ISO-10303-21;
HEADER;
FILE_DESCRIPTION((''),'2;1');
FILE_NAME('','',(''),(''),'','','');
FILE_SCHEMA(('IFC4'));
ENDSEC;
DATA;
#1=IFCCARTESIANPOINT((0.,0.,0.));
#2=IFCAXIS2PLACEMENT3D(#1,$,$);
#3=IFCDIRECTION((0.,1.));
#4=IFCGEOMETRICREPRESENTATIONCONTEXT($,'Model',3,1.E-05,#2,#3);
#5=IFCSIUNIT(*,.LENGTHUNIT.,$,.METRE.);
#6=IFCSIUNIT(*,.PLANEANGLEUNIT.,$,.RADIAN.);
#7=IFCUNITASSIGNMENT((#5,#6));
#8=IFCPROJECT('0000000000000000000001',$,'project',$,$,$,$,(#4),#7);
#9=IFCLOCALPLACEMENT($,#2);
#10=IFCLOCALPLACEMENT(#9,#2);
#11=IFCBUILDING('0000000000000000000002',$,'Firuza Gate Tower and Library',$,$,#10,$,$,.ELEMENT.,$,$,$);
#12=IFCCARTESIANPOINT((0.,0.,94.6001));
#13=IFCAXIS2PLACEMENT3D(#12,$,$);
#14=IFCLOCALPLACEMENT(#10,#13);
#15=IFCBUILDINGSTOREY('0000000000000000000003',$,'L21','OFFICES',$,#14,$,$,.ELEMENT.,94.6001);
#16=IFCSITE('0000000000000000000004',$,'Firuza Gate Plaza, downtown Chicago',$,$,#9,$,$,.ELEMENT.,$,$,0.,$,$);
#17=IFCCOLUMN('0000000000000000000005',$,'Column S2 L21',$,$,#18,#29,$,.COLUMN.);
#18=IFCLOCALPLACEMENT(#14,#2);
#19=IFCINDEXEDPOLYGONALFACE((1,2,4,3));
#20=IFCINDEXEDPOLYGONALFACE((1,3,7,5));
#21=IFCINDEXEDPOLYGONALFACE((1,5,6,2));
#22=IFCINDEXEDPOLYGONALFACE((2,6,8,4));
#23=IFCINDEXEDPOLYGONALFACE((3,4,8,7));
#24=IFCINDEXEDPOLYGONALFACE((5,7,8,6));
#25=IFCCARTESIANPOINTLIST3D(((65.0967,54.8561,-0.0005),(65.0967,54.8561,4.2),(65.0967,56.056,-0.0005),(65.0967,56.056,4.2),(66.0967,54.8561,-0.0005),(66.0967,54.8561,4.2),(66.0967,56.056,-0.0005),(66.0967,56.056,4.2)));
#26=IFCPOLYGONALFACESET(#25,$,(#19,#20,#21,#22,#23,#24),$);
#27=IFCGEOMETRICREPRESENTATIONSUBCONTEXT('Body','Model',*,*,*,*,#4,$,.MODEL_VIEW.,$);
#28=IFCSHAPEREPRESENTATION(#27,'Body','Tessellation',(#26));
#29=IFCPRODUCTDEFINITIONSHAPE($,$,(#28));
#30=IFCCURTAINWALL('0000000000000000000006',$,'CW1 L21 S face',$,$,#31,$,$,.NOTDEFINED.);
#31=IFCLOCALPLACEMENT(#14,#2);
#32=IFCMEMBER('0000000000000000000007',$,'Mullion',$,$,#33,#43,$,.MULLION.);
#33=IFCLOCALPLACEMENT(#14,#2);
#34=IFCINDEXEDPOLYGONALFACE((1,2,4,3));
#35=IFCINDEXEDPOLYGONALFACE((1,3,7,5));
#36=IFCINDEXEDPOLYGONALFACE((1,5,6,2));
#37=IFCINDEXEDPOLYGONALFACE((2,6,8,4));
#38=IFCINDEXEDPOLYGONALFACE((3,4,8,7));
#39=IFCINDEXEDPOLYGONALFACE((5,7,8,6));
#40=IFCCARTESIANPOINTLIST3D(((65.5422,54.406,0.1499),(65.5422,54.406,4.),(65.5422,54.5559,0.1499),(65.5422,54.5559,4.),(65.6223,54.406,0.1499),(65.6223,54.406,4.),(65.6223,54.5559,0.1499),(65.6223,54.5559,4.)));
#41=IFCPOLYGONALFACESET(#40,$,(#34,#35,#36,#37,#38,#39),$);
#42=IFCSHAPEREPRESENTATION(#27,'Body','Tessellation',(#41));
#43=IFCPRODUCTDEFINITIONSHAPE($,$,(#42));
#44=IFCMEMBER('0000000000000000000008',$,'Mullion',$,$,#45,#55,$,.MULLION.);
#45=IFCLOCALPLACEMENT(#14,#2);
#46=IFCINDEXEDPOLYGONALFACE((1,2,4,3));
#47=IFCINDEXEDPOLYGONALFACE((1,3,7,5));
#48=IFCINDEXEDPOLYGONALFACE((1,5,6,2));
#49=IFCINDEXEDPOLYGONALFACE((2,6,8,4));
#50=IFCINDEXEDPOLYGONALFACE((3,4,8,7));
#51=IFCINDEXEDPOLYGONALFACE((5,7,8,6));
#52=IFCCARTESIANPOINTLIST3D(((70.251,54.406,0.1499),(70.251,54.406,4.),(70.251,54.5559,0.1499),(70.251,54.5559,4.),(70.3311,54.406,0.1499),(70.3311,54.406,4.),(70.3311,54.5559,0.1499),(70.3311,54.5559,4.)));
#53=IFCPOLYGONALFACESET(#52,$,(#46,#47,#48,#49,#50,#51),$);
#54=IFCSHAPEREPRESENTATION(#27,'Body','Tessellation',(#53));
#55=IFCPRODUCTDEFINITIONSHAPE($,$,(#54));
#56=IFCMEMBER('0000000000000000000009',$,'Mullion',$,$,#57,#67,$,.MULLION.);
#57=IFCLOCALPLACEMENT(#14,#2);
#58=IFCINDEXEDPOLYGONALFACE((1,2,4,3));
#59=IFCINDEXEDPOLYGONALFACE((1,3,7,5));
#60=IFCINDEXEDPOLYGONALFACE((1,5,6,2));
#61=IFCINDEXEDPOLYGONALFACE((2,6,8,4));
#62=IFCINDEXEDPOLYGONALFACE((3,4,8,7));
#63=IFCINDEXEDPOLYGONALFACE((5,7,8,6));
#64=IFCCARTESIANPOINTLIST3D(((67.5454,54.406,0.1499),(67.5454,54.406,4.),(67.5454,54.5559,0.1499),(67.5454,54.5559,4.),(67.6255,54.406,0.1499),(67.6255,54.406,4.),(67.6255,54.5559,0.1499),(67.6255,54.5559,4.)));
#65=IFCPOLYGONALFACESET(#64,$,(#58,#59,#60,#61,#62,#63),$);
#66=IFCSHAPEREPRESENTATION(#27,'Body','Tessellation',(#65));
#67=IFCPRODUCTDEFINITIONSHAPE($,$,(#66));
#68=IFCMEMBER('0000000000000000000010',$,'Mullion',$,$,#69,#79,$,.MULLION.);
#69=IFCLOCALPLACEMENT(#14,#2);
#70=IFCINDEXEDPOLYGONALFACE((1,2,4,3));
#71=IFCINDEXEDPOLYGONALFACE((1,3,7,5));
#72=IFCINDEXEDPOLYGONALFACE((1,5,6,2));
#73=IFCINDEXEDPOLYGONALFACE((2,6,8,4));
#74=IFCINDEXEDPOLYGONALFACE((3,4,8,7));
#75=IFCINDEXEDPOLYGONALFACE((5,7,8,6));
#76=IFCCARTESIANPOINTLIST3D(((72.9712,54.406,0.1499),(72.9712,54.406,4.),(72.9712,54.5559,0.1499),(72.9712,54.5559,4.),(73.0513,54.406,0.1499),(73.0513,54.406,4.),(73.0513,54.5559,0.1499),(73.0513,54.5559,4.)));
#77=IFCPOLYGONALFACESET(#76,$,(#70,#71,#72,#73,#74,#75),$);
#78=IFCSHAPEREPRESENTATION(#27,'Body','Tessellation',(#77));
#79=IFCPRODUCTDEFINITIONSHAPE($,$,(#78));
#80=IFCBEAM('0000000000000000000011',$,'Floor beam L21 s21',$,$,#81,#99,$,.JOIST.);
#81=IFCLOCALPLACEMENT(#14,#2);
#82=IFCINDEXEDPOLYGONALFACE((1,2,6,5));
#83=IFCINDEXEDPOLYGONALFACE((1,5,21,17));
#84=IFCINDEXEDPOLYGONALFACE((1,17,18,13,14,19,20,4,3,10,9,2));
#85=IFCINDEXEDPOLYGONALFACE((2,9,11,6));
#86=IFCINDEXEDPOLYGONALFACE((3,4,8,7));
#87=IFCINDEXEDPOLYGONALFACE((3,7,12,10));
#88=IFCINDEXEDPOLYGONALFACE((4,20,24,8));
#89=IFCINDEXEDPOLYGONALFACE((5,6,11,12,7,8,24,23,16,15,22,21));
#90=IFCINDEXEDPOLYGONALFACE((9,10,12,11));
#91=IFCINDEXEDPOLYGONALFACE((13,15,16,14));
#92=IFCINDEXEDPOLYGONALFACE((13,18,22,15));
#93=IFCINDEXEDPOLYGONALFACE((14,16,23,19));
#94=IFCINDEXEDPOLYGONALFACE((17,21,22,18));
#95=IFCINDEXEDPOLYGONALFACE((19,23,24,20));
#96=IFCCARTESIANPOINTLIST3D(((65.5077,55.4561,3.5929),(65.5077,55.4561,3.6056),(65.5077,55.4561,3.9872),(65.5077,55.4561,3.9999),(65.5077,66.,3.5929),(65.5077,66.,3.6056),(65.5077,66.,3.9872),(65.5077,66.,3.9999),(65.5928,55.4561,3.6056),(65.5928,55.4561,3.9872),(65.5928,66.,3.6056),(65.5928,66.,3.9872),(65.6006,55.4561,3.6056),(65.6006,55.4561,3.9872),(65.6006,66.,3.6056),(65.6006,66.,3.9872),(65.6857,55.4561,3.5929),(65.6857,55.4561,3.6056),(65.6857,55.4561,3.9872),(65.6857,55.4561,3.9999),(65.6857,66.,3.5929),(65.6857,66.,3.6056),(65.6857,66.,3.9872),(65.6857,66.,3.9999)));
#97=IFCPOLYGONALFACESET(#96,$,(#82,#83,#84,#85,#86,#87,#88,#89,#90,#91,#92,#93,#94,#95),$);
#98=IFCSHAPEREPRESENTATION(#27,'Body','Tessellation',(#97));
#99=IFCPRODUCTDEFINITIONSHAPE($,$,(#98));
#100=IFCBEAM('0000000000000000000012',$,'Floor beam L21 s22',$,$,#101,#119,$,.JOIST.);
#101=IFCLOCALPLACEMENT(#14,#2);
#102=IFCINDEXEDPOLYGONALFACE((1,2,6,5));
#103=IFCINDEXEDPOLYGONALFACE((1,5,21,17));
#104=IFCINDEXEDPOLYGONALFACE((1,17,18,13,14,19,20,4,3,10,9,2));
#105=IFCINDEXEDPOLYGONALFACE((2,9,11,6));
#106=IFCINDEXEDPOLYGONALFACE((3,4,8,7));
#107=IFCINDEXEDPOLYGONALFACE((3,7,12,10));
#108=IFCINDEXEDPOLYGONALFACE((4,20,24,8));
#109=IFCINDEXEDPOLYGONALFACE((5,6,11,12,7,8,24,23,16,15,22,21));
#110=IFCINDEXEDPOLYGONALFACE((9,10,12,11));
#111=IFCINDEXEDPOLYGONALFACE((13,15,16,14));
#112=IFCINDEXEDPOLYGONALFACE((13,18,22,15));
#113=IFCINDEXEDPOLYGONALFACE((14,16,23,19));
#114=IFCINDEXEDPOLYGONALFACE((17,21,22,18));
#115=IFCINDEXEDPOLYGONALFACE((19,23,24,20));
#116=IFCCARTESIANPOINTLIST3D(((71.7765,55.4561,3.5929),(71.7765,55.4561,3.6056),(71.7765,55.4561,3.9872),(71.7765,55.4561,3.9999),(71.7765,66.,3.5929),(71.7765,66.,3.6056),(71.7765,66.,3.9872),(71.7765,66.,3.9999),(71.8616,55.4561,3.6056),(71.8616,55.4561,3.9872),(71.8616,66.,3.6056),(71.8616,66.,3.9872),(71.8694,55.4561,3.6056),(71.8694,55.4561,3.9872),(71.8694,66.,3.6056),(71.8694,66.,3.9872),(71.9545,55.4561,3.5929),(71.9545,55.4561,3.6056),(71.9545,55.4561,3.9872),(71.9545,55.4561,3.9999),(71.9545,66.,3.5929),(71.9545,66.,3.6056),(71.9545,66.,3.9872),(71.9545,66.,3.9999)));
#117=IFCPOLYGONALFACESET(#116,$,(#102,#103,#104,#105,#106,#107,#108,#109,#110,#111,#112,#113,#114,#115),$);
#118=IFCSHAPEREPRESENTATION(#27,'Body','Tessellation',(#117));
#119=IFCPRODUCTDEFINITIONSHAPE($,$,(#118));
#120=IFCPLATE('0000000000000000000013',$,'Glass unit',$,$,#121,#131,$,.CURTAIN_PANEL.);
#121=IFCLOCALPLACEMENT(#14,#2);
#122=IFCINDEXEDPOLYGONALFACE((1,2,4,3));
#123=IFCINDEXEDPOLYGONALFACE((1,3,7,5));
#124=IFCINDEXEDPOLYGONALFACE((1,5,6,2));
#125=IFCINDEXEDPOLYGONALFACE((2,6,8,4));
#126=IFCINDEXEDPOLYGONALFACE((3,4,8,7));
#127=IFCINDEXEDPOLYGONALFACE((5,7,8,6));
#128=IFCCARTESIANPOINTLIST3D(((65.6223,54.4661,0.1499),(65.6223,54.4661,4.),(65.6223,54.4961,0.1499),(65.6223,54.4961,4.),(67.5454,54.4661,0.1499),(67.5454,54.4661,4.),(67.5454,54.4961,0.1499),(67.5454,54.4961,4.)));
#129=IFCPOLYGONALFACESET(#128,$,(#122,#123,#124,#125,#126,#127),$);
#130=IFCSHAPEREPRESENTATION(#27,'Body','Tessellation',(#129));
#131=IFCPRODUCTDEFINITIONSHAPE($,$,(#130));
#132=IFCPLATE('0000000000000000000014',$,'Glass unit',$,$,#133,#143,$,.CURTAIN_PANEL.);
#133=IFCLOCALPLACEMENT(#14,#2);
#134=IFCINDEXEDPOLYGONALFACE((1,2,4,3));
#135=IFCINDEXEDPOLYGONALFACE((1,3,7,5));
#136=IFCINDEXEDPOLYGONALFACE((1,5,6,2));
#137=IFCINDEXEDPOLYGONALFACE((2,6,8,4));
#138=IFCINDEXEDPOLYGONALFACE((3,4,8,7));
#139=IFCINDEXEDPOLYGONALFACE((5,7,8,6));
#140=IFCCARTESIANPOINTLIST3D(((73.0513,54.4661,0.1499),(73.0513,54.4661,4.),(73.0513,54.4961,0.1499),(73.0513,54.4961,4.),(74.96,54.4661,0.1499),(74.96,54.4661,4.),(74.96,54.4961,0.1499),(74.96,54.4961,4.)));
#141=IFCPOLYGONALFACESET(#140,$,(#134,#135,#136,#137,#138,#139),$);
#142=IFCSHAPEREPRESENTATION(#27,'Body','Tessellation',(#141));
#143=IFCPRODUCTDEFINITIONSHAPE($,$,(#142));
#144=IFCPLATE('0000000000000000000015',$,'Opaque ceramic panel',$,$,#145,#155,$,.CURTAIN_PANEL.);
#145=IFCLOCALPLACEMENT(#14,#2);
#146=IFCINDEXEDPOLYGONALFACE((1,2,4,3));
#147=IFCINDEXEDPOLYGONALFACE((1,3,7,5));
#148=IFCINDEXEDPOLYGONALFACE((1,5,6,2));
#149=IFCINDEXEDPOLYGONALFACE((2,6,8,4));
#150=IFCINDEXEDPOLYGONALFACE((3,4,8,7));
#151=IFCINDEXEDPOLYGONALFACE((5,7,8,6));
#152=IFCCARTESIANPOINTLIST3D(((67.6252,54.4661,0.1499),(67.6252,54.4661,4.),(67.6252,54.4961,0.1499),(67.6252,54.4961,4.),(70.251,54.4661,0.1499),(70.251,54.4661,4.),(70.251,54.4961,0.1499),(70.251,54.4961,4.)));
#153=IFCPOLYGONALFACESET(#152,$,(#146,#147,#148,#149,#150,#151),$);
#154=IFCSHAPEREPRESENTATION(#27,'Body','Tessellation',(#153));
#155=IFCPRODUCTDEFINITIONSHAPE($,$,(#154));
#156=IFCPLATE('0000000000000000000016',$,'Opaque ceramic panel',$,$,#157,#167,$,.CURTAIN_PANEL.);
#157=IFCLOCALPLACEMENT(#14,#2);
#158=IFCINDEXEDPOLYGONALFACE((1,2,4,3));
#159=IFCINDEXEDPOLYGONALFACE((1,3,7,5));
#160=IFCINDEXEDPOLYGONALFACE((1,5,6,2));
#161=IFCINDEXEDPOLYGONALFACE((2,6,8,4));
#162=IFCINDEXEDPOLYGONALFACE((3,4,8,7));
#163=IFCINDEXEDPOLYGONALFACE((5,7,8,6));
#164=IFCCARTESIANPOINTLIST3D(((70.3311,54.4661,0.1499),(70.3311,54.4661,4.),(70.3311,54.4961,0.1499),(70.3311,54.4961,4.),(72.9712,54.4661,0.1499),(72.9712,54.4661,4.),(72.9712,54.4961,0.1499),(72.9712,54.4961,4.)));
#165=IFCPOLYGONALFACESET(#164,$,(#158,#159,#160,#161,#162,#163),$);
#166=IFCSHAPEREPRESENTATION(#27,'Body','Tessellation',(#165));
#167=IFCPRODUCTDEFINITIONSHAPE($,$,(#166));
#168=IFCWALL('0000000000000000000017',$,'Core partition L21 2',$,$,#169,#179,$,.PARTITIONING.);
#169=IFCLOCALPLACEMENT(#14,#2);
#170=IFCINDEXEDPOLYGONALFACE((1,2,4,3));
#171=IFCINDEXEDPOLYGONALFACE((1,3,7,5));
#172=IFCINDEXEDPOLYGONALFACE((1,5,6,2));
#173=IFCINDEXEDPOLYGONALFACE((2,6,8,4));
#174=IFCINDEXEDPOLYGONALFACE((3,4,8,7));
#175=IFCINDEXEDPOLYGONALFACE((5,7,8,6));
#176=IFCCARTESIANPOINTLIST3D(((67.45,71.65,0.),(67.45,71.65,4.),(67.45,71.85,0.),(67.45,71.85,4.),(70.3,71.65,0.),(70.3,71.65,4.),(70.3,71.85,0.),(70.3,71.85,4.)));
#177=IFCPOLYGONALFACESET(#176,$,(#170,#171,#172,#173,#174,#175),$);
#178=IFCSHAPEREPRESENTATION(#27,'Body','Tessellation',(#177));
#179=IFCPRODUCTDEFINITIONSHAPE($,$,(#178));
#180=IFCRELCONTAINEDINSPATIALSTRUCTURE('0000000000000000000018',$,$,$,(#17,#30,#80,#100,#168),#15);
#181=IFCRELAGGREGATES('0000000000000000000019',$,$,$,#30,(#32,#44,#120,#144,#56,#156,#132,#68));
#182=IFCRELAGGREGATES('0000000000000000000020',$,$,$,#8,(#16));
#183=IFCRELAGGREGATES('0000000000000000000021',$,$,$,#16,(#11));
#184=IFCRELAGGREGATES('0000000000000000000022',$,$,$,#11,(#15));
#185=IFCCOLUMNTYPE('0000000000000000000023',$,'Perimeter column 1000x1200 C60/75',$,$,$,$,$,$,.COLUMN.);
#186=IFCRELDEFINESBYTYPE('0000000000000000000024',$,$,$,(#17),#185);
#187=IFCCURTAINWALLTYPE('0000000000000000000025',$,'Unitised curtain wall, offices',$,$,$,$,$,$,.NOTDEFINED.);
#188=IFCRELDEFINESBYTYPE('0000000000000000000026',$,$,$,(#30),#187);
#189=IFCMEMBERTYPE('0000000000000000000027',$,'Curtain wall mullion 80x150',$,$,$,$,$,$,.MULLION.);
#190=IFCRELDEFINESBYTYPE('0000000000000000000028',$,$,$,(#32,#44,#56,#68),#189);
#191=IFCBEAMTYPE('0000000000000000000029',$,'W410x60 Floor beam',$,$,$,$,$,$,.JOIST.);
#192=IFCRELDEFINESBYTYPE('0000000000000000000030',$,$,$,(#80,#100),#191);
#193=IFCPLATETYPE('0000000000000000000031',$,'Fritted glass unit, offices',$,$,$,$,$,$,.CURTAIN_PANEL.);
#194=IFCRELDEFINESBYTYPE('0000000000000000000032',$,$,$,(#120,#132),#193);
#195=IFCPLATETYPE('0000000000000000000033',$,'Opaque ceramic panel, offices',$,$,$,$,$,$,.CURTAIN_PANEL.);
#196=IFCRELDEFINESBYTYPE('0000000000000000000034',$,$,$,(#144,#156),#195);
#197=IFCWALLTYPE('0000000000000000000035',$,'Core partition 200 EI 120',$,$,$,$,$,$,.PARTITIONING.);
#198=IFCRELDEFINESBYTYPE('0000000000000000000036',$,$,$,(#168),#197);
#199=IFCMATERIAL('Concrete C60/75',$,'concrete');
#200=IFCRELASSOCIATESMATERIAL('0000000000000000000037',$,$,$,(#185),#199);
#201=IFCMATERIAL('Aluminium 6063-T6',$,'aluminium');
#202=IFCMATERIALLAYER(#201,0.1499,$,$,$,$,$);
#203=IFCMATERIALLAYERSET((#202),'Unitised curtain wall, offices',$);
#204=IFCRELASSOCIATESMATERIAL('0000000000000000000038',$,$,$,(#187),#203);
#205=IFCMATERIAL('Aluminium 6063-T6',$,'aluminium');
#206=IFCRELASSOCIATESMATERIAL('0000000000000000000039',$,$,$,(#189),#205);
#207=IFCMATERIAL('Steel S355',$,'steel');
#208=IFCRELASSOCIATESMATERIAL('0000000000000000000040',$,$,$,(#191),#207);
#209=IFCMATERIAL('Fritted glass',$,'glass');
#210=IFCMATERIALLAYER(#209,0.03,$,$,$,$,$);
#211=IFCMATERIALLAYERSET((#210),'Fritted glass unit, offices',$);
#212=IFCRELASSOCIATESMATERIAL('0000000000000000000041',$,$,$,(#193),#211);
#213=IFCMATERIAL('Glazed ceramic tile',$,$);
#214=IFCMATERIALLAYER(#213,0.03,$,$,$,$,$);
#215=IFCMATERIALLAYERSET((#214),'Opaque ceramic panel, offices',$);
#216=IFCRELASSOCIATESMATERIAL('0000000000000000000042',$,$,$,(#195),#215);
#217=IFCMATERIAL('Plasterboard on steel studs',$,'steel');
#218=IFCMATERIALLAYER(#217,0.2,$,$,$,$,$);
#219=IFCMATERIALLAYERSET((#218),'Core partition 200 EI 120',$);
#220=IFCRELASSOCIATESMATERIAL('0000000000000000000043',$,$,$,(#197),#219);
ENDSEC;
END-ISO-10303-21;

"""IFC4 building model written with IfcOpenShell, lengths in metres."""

from ifc_helpers import new_model, si_unit, direction, frame, frame_2d, origin, origin_2d, place, context, subcontext, project, spatial, polyline, rectangle, i_section, outline, extrude, material, layer, layer_set, material_profile, profile_set, type_object, element, aggregate, save


model = new_model("IFC4")

# Units and contexts
model_context = context("Model", 3, precision=1e-05, world=origin(), true_north=direction((0.0, 1.0)))
body_context = subcontext(model_context, "Body", "Model", "MODEL_VIEW")
ifc_project = project(units=[si_unit("LENGTHUNIT", "METRE"), si_unit("PLANEANGLEUNIT", "RADIAN")], contexts=[model_context])

# Site, building, storey
site_placement = place(None, origin())
site = spatial("IfcSite", under=ifc_project, at=site_placement, Name="Firuza Gate Plaza, downtown Chicago", CompositionType="ELEMENT", RefElevation=0.0)
building_placement = place(site_placement, origin())
building = spatial("IfcBuilding", under=site, at=building_placement, Name="Firuza Gate Tower and Library", CompositionType="ELEMENT")
storey_placement = place(building_placement, frame((0.0, 0.0, 94.6001)))
storey = spatial("IfcBuildingStorey", under=building, at=storey_placement, Name="L21", Description="OFFICES", CompositionType="ELEMENT", Elevation=94.6001)

# Column
ifc_material_1 = material(Name="Concrete C60/75", Category="concrete")
ifc_material_profile_1 = material_profile(ifc_material_1, rectangle(XDim=1.0, YDim=1.2, at=origin_2d()))
ifc_profile_set_1 = profile_set([ifc_material_profile_1], Name="Concrete C60/75")
column_type = type_object("IfcColumnType", Name="Perimeter column 1000x1200 C60/75", PredefinedType="COLUMN", material=ifc_profile_set_1)
column_placement = place(storey_placement, frame((65.5967, 55.4561, -0.0005), z_axis=(0.0, 0.0, 1.0), x_axis=(1.0, 0.0, 0.0)))
element("IfcColumn", 1, at=column_placement, inside=storey, type_object=column_type, Name="Column S2 L21", PredefinedType="COLUMN", context=body_context, shape_type="SweptSolid", body=[
    extrude(rectangle(XDim=1.0, YDim=1.2, at=origin_2d()), origin(), (0.0, 0.0, 1.0), 4.2004),
])

# Curtain wall, members
ifc_material_2 = material(Name="Aluminium 6063-T6", Category="aluminium")
ifc_layer_1 = layer(ifc_material_2, 0.1499)
ifc_layer_set_1 = layer_set([ifc_layer_1], Name="Unitised curtain wall, offices")
curtain_wall_type = type_object("IfcCurtainWallType", Name="Unitised curtain wall, offices", PredefinedType="NOTDEFINED", material=ifc_layer_set_1)
curtain_wall_placement = place(storey_placement, origin())
curtain_wall = element("IfcCurtainWall", 2, at=curtain_wall_placement, inside=storey, type_object=curtain_wall_type, Name="CW1 L21 S face", PredefinedType="NOTDEFINED")
ifc_material_3 = material(Name="Aluminium 6063-T6", Category="aluminium")
ifc_material_profile_2 = material_profile(ifc_material_3, rectangle(XDim=0.1499, YDim=0.0801, at=origin_2d()))
ifc_profile_set_2 = profile_set([ifc_material_profile_2], Name="Aluminium 6063-T6")
member_type = type_object("IfcMemberType", Name="Curtain wall mullion 80x150", PredefinedType="MULLION", material=ifc_profile_set_2)
member_1_placement = place(storey_placement, frame((65.5823, 54.481, 0.1499), z_axis=(0.0, 0.0, 1.0), x_axis=(0.0, 1.0, 0.0)))
member_1 = element("IfcMember", 3, at=member_1_placement, type_object=member_type, Name="Mullion", PredefinedType="MULLION", context=body_context, shape_type="SweptSolid", body=[
    extrude(rectangle(XDim=0.1499, YDim=0.0801, at=origin_2d()), origin(), (0.0, 0.0, 1.0), 3.8501),
])
member_2_placement = place(storey_placement, frame((70.291, 54.481, 0.1499), z_axis=(0.0, 0.0, 1.0), x_axis=(0.0, 1.0, 0.0)))
member_2 = element("IfcMember", 4, at=member_2_placement, type_object=member_type, Name="Mullion", PredefinedType="MULLION", context=body_context, shape_type="SweptSolid", body=[
    extrude(rectangle(XDim=0.1499, YDim=0.0801, at=origin_2d()), origin(), (0.0, 0.0, 1.0), 3.8501),
])
member_3_placement = place(storey_placement, frame((67.5854, 54.481, 0.1499), z_axis=(0.0, 0.0, 1.0), x_axis=(0.0, 1.0, 0.0)))
member_3 = element("IfcMember", 5, at=member_3_placement, type_object=member_type, Name="Mullion", PredefinedType="MULLION", context=body_context, shape_type="SweptSolid", body=[
    extrude(rectangle(XDim=0.1499, YDim=0.0801, at=origin_2d()), origin(), (0.0, 0.0, 1.0), 3.8501),
])
member_4_placement = place(storey_placement, frame((73.0112, 54.481, 0.1499), z_axis=(0.0, 0.0, 1.0), x_axis=(0.0, 1.0, 0.0)))
member_4 = element("IfcMember", 6, at=member_4_placement, type_object=member_type, Name="Mullion", PredefinedType="MULLION", context=body_context, shape_type="SweptSolid", body=[
    extrude(rectangle(XDim=0.1499, YDim=0.0801, at=origin_2d()), origin(), (0.0, 0.0, 1.0), 3.8501),
])

# Beams
ifc_material_4 = material(Name="Steel S355", Category="steel")
ifc_material_profile_3 = material_profile(ifc_material_4, i_section(OverallWidth=0.178, OverallDepth=0.407, WebThickness=0.0078, FlangeThickness=0.0127, at=origin_2d()))
ifc_profile_set_3 = profile_set([ifc_material_profile_3], Name="Steel S355")
beam_type = type_object("IfcBeamType", Name="W410x60 Floor beam", PredefinedType="JOIST", material=ifc_profile_set_3)
for number, where, z_axis, x_axis, name in (
    (7, (65.5967, 55.4561, 3.7964), (0.0, 1.0, 0.0), (-1.0, 0.0, 0.0), "Floor beam L21 s21"),
    (8, (71.8655, 55.4561, 3.7964), (0.0, 1.0, 0.0), (-1.0, 0.0, 0.0), "Floor beam L21 s22"),
):
    element("IfcBeam", number, at=place(storey_placement, frame(where, z_axis=z_axis, x_axis=x_axis)), inside=storey, type_object=beam_type, Name=name, PredefinedType="JOIST", context=body_context, shape_type="SweptSolid", body=[
        extrude(i_section(OverallWidth=0.178, OverallDepth=0.407, WebThickness=0.0078, FlangeThickness=0.0127, at=origin_2d()), origin(), (0.0, 0.0, 1.0), 10.5439),
    ])

# Plates
ifc_material_5 = material(Name="Fritted glass", Category="glass")
ifc_layer_2 = layer(ifc_material_5, 0.03)
ifc_layer_set_2 = layer_set([ifc_layer_2], Name="Fritted glass unit, offices")
plate_type_1 = type_object("IfcPlateType", Name="Fritted glass unit, offices", PredefinedType="CURTAIN_PANEL", material=ifc_layer_set_2)
plate_1_placement = place(storey_placement, frame((65.6223, 54.4661, 0.1499), z_axis=(0.0, -1.0, 0.0), x_axis=(1.0, 0.0, 0.0)))
plate_1 = element("IfcPlate", 9, at=plate_1_placement, type_object=plate_type_1, Name="Glass unit", PredefinedType="CURTAIN_PANEL", context=body_context, shape_type="SweptSolid", body=[
    extrude(outline(polyline([(0.0, 0.0), (1.9231, 0.0), (1.9231, 3.8501), (0.0, 3.8501), (0.0, 0.0)])), origin(), (0.0, 0.0, -1.0), 0.03),
])
plate_2_placement = place(storey_placement, frame((73.0513, 54.4661, 0.1499), z_axis=(0.0, -1.0, 0.0), x_axis=(1.0, 0.0, 0.0)))
plate_2 = element("IfcPlate", 10, at=plate_2_placement, type_object=plate_type_1, Name="Glass unit", PredefinedType="CURTAIN_PANEL", context=body_context, shape_type="SweptSolid", body=[
    extrude(outline(polyline([(0.0, 0.0), (1.9087, 0.0), (1.9087, 3.8501), (0.0, 3.8501), (0.0, 0.0)])), origin(), (0.0, 0.0, -1.0), 0.03),
])
ifc_material_6 = material(Name="Glazed ceramic tile")
ifc_layer_3 = layer(ifc_material_6, 0.03)
ifc_layer_set_3 = layer_set([ifc_layer_3], Name="Opaque ceramic panel, offices")
plate_type_2 = type_object("IfcPlateType", Name="Opaque ceramic panel, offices", PredefinedType="CURTAIN_PANEL", material=ifc_layer_set_3)
plate_3_placement = place(storey_placement, frame((67.6252, 54.4661, 0.1499), z_axis=(0.0, -1.0, 0.0), x_axis=(1.0, 0.0, 0.0)))
plate_3 = element("IfcPlate", 11, at=plate_3_placement, type_object=plate_type_2, Name="Opaque ceramic panel", PredefinedType="CURTAIN_PANEL", context=body_context, shape_type="SweptSolid", body=[
    extrude(outline(polyline([(0.0, 0.0), (2.6257, 0.0), (2.6257, 3.8501), (0.0, 3.8501), (0.0, 0.0)])), origin(), (0.0, 0.0, -1.0), 0.03),
])
plate_4_placement = place(storey_placement, frame((70.3311, 54.4661, 0.1499), z_axis=(0.0, -1.0, 0.0), x_axis=(1.0, 0.0, 0.0)))
plate_4 = element("IfcPlate", 12, at=plate_4_placement, type_object=plate_type_2, Name="Opaque ceramic panel", PredefinedType="CURTAIN_PANEL", context=body_context, shape_type="SweptSolid", body=[
    extrude(outline(polyline([(0.0, 0.0), (2.6401, 0.0), (2.6401, 3.8501), (0.0, 3.8501), (0.0, 0.0)])), origin(), (0.0, 0.0, -1.0), 0.03),
])
aggregate(curtain_wall, [member_1, member_2, plate_1, plate_3, member_3, plate_4, plate_2, member_4])

# Wall
ifc_material_7 = material(Name="Plasterboard on steel studs", Category="steel")
ifc_layer_4 = layer(ifc_material_7, 0.2)
ifc_layer_set_4 = layer_set([ifc_layer_4], Name="Core partition 200 EI 120")
wall_type_1 = type_object("IfcWallType", Name="Core partition 200 EI 120", PredefinedType="PARTITIONING", material=ifc_layer_set_4)
wall_1_placement = place(storey_placement, frame((67.45, 71.75, 0.0), z_axis=(0.0, 0.0, 1.0), x_axis=(1.0, 0.0, 0.0)))
element("IfcWall", 13, at=wall_1_placement, inside=storey, type_object=wall_type_1, Name="Core partition L21 2", PredefinedType="PARTITIONING", context=body_context, shape_type="SweptSolid", body=[
    extrude(rectangle(XDim=2.8501, YDim=0.2, at=frame_2d((1.425, 0.0))), origin(), (0.0, 0.0, 1.0), 4.0),
])

save(model, "model.ifc")
